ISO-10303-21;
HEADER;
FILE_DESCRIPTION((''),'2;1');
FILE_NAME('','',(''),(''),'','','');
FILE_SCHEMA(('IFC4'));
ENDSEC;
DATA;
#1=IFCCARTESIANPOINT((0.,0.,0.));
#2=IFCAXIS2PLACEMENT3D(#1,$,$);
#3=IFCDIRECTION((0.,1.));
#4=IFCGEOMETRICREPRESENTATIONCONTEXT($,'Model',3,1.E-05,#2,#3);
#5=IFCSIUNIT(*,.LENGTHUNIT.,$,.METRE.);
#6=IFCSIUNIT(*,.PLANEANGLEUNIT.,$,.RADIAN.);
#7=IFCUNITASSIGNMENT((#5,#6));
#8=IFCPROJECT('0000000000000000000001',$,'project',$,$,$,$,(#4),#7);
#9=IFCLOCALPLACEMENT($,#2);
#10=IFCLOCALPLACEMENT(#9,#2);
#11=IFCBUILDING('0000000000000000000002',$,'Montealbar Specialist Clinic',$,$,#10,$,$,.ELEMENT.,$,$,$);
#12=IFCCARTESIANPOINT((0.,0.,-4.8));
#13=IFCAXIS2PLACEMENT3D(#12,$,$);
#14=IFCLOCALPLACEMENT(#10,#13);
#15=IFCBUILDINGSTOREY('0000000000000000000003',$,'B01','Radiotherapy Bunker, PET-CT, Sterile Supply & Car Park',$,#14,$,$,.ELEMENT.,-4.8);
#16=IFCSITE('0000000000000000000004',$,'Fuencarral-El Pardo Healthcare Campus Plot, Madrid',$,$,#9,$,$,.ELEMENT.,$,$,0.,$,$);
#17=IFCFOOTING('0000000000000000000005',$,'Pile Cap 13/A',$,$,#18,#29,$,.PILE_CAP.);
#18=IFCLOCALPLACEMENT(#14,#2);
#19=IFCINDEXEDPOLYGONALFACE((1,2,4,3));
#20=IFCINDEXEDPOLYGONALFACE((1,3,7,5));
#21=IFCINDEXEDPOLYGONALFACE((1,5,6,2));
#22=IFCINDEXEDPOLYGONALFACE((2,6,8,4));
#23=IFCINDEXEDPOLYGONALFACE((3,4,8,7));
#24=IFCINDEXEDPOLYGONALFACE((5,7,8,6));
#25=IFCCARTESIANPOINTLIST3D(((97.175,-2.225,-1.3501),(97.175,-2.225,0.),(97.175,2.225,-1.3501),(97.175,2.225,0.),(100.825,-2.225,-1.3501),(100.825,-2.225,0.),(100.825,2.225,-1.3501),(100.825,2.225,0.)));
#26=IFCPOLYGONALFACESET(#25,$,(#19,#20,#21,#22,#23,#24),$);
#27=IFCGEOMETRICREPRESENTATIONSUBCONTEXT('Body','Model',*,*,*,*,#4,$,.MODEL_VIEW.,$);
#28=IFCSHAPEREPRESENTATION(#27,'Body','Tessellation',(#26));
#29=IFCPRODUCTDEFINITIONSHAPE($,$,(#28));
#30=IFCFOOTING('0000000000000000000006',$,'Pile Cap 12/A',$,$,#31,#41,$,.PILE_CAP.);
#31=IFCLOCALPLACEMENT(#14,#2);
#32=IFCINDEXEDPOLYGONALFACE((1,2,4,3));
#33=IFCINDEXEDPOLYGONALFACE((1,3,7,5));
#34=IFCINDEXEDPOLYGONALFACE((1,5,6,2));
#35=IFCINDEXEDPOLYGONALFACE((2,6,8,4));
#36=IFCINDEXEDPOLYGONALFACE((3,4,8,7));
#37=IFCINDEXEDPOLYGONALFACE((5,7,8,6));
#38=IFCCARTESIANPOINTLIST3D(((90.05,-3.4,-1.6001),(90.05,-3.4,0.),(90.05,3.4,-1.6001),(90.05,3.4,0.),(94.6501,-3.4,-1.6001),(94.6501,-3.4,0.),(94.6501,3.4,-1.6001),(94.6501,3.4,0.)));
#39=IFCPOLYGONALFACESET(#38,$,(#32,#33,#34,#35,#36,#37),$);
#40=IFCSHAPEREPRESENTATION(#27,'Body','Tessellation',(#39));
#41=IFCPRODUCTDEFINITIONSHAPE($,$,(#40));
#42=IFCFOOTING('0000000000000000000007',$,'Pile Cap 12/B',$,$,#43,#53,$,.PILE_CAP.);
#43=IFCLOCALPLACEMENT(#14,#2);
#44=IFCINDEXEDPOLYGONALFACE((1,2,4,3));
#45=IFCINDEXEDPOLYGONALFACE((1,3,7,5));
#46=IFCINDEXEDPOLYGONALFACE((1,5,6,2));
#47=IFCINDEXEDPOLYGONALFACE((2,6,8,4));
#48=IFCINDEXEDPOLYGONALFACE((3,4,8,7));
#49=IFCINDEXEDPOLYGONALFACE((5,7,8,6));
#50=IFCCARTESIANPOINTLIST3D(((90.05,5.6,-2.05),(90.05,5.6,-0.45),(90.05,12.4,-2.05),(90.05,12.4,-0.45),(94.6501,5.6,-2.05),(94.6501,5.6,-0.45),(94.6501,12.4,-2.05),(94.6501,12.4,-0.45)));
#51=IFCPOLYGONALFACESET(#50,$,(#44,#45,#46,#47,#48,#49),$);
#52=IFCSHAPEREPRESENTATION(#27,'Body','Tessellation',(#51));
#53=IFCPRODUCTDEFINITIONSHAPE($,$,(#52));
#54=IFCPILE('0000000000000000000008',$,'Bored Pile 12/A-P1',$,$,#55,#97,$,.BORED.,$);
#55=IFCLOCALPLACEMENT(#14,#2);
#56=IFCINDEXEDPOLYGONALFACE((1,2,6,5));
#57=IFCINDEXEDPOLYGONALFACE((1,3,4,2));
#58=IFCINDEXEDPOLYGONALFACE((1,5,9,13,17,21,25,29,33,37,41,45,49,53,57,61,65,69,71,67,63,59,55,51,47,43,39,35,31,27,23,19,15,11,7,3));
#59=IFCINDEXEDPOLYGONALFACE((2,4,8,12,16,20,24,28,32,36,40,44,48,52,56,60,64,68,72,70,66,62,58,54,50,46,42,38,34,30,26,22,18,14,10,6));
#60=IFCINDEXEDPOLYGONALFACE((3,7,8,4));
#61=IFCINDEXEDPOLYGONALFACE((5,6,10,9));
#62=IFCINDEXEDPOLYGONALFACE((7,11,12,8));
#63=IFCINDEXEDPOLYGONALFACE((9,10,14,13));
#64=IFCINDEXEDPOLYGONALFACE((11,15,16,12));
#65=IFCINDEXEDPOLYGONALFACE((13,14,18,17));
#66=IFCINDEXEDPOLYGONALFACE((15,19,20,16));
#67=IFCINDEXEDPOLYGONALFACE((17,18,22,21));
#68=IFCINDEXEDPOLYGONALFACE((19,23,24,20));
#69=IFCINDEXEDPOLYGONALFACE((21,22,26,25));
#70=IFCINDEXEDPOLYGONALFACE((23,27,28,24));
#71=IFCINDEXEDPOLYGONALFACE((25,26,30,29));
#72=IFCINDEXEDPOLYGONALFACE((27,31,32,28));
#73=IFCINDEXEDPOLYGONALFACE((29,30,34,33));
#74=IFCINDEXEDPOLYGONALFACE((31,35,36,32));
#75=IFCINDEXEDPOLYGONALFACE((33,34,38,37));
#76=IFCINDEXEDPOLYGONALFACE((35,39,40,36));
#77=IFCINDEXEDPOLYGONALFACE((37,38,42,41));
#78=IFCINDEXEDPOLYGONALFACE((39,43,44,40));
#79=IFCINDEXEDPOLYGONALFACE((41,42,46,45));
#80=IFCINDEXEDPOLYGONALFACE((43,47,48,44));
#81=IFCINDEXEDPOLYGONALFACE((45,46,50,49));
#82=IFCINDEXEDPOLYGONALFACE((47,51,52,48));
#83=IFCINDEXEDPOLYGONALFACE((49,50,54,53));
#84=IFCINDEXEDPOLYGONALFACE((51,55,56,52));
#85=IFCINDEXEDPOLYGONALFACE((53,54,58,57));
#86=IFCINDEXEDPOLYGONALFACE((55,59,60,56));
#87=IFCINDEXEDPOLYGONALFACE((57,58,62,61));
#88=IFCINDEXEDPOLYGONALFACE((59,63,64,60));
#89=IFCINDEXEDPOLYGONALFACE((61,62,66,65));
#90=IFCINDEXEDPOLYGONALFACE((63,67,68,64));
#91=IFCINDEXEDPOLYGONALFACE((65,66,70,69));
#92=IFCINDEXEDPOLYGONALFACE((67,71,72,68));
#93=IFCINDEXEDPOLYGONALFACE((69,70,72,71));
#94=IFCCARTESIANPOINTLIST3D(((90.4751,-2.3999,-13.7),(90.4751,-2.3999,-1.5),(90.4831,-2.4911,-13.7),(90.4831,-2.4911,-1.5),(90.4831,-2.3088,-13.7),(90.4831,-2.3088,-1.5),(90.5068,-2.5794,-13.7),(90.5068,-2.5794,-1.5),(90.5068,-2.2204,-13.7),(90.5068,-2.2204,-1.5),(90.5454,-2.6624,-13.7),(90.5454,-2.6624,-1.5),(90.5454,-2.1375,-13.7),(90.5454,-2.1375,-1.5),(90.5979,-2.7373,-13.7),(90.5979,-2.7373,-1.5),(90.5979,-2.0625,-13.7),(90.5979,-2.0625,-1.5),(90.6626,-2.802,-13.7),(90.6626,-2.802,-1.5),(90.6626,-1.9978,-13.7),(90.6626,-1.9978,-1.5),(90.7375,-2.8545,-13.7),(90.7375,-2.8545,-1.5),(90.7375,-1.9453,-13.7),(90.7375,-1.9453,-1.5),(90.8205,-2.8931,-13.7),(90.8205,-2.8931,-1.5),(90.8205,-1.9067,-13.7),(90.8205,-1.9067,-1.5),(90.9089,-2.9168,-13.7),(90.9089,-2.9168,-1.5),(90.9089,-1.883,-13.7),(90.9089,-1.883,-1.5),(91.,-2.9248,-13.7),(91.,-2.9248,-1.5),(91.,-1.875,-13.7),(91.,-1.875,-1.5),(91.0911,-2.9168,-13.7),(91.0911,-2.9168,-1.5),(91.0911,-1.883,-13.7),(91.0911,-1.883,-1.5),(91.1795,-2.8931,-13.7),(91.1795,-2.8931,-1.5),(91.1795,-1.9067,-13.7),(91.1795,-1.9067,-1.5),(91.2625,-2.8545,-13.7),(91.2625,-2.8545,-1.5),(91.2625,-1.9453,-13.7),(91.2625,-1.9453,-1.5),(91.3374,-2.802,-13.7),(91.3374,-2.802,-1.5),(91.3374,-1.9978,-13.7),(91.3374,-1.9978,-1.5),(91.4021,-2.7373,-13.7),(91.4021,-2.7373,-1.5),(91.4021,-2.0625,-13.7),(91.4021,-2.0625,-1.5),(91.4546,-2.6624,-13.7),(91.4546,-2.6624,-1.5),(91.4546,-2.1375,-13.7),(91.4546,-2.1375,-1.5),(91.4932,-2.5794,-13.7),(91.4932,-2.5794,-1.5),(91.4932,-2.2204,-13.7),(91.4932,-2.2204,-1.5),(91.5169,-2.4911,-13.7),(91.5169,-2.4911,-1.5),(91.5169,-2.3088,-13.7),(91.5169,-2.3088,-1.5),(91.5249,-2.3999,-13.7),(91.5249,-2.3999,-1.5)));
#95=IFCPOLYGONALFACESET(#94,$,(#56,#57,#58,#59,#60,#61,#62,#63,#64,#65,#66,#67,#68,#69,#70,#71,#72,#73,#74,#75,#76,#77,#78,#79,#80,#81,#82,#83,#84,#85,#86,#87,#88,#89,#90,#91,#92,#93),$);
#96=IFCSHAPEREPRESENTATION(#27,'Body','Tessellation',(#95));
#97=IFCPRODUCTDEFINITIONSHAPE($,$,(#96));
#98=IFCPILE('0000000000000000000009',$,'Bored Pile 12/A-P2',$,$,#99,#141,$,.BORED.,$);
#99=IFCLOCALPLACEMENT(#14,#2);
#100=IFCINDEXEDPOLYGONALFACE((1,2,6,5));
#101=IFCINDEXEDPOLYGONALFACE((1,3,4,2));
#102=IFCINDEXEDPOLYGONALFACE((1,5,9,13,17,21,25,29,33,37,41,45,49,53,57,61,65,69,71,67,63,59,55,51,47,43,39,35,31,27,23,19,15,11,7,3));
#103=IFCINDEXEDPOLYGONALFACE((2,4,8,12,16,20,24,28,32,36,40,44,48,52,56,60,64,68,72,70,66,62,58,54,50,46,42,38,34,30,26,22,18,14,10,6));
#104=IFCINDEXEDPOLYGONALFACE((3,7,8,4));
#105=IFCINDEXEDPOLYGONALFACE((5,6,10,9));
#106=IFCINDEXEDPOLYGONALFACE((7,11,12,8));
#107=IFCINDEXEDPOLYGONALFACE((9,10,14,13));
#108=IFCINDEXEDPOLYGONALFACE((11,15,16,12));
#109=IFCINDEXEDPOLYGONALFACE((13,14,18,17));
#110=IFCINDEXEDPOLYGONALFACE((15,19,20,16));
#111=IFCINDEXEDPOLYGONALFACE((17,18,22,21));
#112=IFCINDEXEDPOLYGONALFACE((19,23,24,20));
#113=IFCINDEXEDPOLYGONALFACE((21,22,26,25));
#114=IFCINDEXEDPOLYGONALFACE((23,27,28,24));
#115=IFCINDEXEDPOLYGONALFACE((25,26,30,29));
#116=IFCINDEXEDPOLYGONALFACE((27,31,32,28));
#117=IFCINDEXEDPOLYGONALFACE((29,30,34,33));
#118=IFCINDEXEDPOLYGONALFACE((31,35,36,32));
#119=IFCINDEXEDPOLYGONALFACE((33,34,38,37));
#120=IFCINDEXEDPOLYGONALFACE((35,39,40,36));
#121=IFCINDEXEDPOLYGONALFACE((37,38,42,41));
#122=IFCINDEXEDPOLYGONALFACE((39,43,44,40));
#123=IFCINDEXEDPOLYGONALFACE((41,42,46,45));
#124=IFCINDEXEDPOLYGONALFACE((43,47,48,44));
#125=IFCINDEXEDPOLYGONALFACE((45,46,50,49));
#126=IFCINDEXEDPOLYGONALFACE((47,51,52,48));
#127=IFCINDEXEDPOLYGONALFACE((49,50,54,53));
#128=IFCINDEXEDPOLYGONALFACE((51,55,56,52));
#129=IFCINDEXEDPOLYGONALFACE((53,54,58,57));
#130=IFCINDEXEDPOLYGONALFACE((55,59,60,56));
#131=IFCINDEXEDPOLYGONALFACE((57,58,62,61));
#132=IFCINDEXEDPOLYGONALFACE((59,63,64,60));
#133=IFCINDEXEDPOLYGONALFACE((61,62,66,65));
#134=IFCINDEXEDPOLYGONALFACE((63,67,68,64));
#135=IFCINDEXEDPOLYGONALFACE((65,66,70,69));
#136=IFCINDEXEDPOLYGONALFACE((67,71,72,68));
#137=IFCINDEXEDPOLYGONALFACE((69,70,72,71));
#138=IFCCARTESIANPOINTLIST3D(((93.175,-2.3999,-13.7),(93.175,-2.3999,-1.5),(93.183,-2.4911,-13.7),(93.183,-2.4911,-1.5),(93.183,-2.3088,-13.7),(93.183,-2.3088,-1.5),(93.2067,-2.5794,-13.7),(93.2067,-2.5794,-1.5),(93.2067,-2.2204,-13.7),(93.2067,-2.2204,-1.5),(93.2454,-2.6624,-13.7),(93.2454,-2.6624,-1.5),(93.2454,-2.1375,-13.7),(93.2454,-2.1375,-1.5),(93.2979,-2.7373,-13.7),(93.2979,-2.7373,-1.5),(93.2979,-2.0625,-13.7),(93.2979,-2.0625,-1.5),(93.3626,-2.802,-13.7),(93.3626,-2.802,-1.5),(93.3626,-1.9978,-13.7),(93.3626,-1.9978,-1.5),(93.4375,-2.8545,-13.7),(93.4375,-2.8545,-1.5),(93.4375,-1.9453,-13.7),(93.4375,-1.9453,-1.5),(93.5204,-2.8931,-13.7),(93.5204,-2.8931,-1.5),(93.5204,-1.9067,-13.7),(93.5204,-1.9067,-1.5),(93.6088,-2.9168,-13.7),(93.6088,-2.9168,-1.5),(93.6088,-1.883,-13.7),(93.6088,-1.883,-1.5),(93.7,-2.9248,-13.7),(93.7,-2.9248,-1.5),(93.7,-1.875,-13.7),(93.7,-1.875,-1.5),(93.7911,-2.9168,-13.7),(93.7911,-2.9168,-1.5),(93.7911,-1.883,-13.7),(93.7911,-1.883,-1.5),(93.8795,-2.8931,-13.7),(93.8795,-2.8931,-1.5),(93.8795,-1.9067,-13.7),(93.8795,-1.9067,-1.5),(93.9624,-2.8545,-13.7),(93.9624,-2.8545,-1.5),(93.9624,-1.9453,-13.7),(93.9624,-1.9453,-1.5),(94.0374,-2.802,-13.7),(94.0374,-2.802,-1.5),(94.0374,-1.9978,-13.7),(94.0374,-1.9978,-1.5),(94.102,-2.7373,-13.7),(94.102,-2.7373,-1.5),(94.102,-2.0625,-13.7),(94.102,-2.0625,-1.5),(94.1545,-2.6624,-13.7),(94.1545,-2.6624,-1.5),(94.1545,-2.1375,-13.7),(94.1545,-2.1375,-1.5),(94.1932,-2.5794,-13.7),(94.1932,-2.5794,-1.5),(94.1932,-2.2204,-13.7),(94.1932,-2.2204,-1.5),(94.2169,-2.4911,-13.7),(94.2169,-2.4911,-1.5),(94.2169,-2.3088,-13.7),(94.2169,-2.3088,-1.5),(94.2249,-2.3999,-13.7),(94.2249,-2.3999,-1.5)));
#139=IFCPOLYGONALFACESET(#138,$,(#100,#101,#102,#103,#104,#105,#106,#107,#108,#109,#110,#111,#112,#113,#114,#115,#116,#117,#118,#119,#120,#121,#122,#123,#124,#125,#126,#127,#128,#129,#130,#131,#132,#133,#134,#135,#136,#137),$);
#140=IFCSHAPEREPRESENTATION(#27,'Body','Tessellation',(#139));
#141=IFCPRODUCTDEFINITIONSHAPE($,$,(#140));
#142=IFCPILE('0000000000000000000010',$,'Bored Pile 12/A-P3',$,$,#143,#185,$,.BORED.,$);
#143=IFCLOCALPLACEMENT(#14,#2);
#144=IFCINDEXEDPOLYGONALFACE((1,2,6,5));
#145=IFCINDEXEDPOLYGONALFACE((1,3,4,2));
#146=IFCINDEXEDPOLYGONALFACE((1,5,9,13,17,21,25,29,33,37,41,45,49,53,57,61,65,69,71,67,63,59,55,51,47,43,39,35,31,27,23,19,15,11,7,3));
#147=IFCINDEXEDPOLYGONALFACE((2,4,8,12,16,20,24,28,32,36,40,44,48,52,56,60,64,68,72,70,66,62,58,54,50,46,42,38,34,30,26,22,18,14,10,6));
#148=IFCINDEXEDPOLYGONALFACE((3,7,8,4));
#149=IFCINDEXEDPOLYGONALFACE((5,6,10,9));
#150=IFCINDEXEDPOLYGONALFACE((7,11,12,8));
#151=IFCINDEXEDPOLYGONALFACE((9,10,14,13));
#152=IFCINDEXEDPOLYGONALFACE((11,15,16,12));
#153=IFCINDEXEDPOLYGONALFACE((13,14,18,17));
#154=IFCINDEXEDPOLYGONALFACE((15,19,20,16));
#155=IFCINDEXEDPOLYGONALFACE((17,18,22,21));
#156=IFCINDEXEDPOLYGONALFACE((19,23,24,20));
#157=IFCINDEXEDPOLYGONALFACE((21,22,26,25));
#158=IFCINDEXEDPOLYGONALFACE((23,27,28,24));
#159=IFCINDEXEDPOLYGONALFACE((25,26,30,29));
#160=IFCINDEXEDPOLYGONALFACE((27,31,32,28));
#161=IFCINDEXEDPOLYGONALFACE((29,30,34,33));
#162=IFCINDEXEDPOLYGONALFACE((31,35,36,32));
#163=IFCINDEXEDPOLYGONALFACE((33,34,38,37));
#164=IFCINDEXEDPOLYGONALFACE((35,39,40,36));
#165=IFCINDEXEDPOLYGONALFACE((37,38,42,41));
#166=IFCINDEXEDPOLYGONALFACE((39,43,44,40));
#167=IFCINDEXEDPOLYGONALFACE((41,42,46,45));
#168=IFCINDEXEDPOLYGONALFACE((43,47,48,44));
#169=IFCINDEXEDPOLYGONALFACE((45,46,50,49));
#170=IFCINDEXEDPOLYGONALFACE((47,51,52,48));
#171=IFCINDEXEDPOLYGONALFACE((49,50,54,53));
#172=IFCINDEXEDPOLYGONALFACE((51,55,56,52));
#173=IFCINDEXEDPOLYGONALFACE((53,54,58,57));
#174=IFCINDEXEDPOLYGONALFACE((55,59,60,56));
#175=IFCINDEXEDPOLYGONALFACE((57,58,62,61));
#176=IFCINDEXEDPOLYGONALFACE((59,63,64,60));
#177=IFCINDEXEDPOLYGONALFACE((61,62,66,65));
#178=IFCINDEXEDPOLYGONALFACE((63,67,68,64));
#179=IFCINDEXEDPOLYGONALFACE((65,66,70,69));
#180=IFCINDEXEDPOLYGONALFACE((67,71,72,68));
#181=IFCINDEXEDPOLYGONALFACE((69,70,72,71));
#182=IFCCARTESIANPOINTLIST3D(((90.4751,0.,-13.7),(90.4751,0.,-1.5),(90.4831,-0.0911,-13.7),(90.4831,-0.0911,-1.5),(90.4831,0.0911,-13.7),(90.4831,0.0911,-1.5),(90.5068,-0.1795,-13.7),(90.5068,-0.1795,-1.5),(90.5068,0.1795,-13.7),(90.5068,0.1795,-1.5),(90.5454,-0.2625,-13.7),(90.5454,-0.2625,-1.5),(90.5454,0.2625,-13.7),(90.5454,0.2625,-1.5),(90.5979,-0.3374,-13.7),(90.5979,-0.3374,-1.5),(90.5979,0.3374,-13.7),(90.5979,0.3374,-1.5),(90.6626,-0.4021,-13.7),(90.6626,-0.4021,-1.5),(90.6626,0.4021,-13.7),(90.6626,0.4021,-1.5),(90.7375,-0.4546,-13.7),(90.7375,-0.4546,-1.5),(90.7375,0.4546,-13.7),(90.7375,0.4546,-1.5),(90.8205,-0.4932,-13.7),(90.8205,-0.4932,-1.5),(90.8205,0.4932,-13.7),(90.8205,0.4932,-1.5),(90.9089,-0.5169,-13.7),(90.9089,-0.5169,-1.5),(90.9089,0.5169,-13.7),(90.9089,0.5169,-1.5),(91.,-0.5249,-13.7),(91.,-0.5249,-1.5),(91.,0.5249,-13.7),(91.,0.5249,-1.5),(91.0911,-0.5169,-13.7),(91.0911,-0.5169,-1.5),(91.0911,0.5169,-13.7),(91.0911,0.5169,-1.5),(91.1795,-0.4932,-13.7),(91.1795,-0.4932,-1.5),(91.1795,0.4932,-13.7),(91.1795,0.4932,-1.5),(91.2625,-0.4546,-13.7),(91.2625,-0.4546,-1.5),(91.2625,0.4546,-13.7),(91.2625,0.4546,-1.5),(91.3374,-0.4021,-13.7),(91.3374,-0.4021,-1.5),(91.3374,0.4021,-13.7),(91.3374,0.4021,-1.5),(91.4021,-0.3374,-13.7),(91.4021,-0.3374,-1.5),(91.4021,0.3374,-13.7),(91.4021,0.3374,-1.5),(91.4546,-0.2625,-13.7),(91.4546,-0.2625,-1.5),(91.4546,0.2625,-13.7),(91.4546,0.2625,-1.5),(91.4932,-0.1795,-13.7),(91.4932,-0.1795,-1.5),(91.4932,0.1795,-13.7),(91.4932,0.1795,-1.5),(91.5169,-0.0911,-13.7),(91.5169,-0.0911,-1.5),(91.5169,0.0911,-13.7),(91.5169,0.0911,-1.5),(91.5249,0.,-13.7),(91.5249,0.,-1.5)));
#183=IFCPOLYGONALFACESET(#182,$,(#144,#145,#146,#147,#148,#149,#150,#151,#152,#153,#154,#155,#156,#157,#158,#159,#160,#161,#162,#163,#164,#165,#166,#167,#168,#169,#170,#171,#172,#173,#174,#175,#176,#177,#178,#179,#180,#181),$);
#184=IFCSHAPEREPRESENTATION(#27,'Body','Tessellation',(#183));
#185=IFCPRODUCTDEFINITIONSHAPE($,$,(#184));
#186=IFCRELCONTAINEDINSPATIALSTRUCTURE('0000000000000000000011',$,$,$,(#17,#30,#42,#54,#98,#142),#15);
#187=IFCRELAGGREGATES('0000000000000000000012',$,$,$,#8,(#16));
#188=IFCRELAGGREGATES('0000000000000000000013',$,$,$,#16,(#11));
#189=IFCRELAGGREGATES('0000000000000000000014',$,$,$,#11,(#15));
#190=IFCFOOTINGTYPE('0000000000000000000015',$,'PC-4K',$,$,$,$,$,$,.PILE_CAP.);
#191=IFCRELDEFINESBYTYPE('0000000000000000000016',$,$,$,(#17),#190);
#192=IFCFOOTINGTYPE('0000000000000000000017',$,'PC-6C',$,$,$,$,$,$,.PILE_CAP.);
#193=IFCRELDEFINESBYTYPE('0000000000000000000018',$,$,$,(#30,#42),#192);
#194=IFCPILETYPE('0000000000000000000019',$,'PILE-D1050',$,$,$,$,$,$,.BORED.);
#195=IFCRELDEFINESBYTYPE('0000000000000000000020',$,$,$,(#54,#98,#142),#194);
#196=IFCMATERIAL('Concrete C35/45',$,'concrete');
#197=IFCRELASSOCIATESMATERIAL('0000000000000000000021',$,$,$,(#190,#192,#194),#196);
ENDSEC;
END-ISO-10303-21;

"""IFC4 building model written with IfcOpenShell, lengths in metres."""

from ifc_helpers import new_model, si_unit, direction, frame, origin, origin_2d, place, context, subcontext, project, spatial, rectangle, circle, extrude, material, material_profile, profile_set, type_object, element, save


model = new_model("IFC4")

# Units and contexts
model_context = context("Model", 3, precision=1e-05, world=origin(), true_north=direction((0.0, 1.0)))
body_context = subcontext(model_context, "Body", "Model", "MODEL_VIEW")
ifc_project = project(units=[si_unit("LENGTHUNIT", "METRE"), si_unit("PLANEANGLEUNIT", "RADIAN")], contexts=[model_context])

# Site, building, storey
site_placement = place(None, origin())
site = spatial("IfcSite", under=ifc_project, at=site_placement, Name="Fuencarral-El Pardo Healthcare Campus Plot, Madrid", CompositionType="ELEMENT", RefElevation=0.0)
building_placement = place(site_placement, origin())
building = spatial("IfcBuilding", under=site, at=building_placement, Name="Montealbar Specialist Clinic", CompositionType="ELEMENT")
storey_placement = place(building_placement, frame((0.0, 0.0, -4.8)))
storey = spatial("IfcBuildingStorey", under=building, at=storey_placement, Name="B01", Description="Radiotherapy Bunker, PET-CT, Sterile Supply & Car Park", CompositionType="ELEMENT", Elevation=-4.8)

# Footings
ifc_material_1 = material(Name="Concrete C35/45", Category="concrete")
footing_type_1 = type_object("IfcFootingType", Name="PC-4K", PredefinedType="PILE_CAP", material=ifc_material_1)
footing_placement = place(storey_placement, frame((99.0, 0.0, -1.3501), z_axis=(0.0, 0.0, 1.0), x_axis=(1.0, 0.0, 0.0)))
element("IfcFooting", 1, at=footing_placement, inside=storey, type_object=footing_type_1, Name="Pile Cap 13/A", PredefinedType="PILE_CAP", context=body_context, shape_type="SweptSolid", body=[
    extrude(rectangle(XDim=3.6499, YDim=4.45, at=origin_2d()), origin(), (0.0, 0.0, 1.0), 1.3501),
])
footing_type_2 = type_object("IfcFootingType", Name="PC-6C", PredefinedType="PILE_CAP", material=ifc_material_1)
for number, where, z_axis, x_axis, name in (
    (2, (92.3501, 0.0, -1.6001), (0.0, 0.0, 1.0), (1.0, 0.0, 0.0), "Pile Cap 12/A"),
    (3, (92.3501, 9.0, -2.05), (0.0, 0.0, 1.0), (1.0, 0.0, 0.0), "Pile Cap 12/B"),
):
    element("IfcFooting", number, at=place(storey_placement, frame(where, z_axis=z_axis, x_axis=x_axis)), inside=storey, type_object=footing_type_2, Name=name, PredefinedType="PILE_CAP", context=body_context, shape_type="SweptSolid", body=[
        extrude(rectangle(XDim=4.6001, YDim=6.8, at=origin_2d()), origin(), (0.0, 0.0, 1.0), 1.6001),
    ])

# Piles
ifc_material_profile_1 = material_profile(ifc_material_1, circle(Radius=0.5249, at=origin_2d()), Name="PILE D1050", Category="concrete")
ifc_profile_set_1 = profile_set([ifc_material_profile_1], Name="Concrete C35/45")
pile_type_1 = type_object("IfcPileType", Name="PILE-D1050", PredefinedType="BORED", material=ifc_profile_set_1)
for number, where, z_axis, x_axis, name in (
    (4, (91.0, -2.3999, -1.5), (0.0, 0.0, -1.0), (1.0, 0.0, 0.0), "Bored Pile 12/A-P1"),
    (5, (93.7, -2.3999, -1.5), (0.0, 0.0, -1.0), (1.0, 0.0, 0.0), "Bored Pile 12/A-P2"),
    (6, (91.0, 0.0, -1.5), (0.0, 0.0, -1.0), (1.0, 0.0, 0.0), "Bored Pile 12/A-P3"),
):
    element("IfcPile", number, at=place(storey_placement, frame(where, z_axis=z_axis, x_axis=x_axis)), inside=storey, type_object=pile_type_1, Name=name, PredefinedType="BORED", context=body_context, shape_type="SweptSolid", body=[
        extrude(circle(Radius=0.5249, at=origin_2d()), origin(), (0.0, 0.0, 1.0), 12.2),
    ])

save(model, "model.ifc")
